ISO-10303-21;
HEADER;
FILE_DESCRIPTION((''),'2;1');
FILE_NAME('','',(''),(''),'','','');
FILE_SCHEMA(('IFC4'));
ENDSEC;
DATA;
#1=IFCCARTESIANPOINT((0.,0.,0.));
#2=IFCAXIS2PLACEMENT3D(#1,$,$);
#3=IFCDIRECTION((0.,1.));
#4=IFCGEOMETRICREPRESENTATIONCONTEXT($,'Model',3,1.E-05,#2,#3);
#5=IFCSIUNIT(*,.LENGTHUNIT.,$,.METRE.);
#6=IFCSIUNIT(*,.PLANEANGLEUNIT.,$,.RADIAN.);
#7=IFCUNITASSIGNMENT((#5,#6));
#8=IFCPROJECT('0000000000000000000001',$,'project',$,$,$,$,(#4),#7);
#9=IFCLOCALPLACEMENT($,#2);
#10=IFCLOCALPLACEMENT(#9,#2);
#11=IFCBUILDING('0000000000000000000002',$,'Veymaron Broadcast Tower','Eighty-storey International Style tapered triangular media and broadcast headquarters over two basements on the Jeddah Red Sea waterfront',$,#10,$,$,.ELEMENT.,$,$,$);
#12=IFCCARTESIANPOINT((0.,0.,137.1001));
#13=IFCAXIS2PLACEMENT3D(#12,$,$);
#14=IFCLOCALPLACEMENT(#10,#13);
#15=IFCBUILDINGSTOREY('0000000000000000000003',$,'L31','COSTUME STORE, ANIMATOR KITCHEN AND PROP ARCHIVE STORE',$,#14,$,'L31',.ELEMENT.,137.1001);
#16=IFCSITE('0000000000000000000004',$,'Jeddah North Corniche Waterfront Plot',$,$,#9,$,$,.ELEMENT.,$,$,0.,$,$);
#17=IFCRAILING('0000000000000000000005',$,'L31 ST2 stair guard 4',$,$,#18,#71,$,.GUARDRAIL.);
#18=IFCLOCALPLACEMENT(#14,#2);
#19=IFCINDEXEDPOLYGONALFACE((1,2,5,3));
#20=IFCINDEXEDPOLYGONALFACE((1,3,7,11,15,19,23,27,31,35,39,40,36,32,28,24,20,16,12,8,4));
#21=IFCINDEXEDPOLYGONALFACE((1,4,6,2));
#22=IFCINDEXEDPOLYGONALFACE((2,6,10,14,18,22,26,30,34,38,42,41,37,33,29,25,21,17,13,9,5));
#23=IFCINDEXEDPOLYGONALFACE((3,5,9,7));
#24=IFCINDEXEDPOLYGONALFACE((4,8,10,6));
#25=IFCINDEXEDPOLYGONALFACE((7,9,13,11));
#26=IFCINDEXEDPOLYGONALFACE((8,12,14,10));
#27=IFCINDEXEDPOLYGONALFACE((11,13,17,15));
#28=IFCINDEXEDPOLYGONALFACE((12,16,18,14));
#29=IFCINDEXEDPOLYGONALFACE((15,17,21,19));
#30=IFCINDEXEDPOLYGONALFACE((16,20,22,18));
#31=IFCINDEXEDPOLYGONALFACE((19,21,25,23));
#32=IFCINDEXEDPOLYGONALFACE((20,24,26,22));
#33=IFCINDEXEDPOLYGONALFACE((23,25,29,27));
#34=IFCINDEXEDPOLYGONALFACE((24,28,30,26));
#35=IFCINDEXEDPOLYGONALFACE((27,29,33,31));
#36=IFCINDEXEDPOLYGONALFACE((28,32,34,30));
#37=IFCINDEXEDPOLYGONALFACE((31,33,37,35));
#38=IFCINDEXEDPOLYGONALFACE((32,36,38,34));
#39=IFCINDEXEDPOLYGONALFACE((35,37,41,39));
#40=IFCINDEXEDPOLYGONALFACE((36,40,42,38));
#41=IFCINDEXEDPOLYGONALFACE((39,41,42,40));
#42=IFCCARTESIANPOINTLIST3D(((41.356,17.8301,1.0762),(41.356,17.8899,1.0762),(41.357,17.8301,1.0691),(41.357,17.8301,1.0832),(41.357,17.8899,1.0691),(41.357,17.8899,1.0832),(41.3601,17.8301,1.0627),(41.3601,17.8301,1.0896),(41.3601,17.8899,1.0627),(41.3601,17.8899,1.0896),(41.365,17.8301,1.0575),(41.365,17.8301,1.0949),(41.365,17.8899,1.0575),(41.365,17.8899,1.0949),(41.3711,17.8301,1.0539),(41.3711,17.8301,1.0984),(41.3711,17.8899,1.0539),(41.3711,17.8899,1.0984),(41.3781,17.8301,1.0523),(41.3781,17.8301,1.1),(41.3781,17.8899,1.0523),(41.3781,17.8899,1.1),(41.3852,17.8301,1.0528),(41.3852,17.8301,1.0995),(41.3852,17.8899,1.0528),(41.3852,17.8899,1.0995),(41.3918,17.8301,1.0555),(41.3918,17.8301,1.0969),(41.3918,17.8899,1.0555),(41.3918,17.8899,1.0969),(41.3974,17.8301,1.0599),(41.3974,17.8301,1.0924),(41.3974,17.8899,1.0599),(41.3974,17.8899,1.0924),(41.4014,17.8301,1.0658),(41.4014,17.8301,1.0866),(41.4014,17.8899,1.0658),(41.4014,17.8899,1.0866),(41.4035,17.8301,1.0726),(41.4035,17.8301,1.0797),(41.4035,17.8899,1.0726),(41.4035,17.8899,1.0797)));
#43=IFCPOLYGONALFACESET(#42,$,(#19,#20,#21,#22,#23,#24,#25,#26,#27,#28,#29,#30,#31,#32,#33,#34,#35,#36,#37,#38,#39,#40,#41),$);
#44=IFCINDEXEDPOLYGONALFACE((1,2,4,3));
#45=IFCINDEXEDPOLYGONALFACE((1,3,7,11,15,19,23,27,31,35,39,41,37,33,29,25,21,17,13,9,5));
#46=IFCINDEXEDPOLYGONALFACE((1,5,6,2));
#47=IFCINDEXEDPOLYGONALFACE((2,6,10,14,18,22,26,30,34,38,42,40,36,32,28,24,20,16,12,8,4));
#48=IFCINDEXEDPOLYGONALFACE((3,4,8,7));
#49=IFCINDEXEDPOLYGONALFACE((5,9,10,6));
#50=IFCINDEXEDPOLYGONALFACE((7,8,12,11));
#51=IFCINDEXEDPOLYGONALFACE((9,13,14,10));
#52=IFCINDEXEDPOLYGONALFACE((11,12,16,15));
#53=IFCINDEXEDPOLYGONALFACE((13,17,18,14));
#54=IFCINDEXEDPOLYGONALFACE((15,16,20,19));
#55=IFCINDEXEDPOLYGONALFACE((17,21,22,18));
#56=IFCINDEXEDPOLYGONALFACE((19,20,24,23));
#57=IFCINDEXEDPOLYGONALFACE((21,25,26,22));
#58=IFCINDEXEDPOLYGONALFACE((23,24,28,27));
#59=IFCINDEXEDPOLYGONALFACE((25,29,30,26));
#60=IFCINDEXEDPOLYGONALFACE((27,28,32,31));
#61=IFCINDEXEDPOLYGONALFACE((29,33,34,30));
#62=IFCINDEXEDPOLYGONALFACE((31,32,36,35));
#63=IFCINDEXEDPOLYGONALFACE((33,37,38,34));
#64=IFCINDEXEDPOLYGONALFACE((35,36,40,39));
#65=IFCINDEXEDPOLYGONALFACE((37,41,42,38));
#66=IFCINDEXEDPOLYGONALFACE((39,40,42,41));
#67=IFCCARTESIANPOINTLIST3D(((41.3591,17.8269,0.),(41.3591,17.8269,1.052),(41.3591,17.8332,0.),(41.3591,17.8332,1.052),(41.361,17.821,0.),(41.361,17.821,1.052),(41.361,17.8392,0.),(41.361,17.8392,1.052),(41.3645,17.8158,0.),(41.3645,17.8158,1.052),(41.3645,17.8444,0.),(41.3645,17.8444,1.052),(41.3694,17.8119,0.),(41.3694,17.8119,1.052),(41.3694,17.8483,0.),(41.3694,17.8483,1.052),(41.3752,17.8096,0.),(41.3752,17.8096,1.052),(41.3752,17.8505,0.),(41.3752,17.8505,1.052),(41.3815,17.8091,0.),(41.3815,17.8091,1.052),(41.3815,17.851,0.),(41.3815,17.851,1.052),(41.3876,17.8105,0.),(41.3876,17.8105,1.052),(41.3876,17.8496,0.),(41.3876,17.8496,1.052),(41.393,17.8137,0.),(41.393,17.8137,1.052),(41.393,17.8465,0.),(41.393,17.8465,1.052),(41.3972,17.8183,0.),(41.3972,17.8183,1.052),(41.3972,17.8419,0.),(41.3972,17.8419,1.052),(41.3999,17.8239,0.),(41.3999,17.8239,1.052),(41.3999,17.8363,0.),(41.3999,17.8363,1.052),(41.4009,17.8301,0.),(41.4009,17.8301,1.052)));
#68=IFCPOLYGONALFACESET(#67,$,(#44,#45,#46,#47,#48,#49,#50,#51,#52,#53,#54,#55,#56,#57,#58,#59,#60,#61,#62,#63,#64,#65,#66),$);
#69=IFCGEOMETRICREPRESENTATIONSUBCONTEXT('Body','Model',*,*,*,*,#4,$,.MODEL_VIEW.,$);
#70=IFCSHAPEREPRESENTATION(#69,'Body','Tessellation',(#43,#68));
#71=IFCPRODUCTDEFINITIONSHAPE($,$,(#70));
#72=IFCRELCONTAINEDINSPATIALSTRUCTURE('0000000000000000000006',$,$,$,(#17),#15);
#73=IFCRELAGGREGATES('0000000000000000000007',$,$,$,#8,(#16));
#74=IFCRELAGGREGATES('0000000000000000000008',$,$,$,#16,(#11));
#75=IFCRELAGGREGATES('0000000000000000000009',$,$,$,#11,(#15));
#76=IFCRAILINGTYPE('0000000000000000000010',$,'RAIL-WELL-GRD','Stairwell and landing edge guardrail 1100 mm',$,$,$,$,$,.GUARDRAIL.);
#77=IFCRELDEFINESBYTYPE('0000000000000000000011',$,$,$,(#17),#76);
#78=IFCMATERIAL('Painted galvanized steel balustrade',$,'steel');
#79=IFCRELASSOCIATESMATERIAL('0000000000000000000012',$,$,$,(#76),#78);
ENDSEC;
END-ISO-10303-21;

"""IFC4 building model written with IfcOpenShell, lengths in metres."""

from ifc_helpers import new_model, si_unit, direction, frame, origin, origin_2d, place, context, subcontext, project, spatial, circle, extrude, material, type_object, element, save


model = new_model("IFC4")

# Units and contexts
model_context = context("Model", 3, precision=1e-05, world=origin(), true_north=direction((0.0, 1.0)))
body_context = subcontext(model_context, "Body", "Model", "MODEL_VIEW")
ifc_project = project(units=[si_unit("LENGTHUNIT", "METRE"), si_unit("PLANEANGLEUNIT", "RADIAN")], contexts=[model_context])

# Site, building, storey
site_placement = place(None, origin())
site = spatial("IfcSite", under=ifc_project, at=site_placement, Name="Jeddah North Corniche Waterfront Plot", CompositionType="ELEMENT", RefElevation=0.0)
building_placement = place(site_placement, origin())
building = spatial("IfcBuilding", under=site, at=building_placement, Name="Veymaron Broadcast Tower", Description="Eighty-storey International Style tapered triangular media and broadcast headquarters over two basements on the Jeddah Red Sea waterfront", CompositionType="ELEMENT")
storey_placement = place(building_placement, frame((0.0, 0.0, 137.1001)))
storey = spatial("IfcBuildingStorey", under=building, at=storey_placement, Name="L31", Description="COSTUME STORE, ANIMATOR KITCHEN AND PROP ARCHIVE STORE", LongName="L31", CompositionType="ELEMENT", Elevation=137.1001)

# Railing
ifc_material_1 = material(Name="Painted galvanized steel balustrade", Category="steel")
railing_type_1 = type_object("IfcRailingType", Name="RAIL-WELL-GRD", Description="Stairwell and landing edge guardrail 1100 mm", PredefinedType="GUARDRAIL", material=ifc_material_1)
railing_1_placement = place(storey_placement, frame((41.3799, 17.8301, 0.0)))
element("IfcRailing", 1, at=railing_1_placement, inside=storey, type_object=railing_type_1, Name="L31 ST2 stair guard 4", PredefinedType="GUARDRAIL", context=body_context, shape_type="SweptSolid", body=[
    extrude(circle(Radius=0.0239, at=origin_2d()), frame((0.0, 0.0, 1.0762), z_axis=(0.0, 1.0, 0.0), x_axis=(-1.0, 0.0, 0.0)), (0.0, 0.0, 1.0), 0.0598),
    extrude(circle(Radius=0.021, at=origin_2d()), origin(), (0.0, 0.0, 1.0), 1.052),
])

save(model, "model.ifc")
